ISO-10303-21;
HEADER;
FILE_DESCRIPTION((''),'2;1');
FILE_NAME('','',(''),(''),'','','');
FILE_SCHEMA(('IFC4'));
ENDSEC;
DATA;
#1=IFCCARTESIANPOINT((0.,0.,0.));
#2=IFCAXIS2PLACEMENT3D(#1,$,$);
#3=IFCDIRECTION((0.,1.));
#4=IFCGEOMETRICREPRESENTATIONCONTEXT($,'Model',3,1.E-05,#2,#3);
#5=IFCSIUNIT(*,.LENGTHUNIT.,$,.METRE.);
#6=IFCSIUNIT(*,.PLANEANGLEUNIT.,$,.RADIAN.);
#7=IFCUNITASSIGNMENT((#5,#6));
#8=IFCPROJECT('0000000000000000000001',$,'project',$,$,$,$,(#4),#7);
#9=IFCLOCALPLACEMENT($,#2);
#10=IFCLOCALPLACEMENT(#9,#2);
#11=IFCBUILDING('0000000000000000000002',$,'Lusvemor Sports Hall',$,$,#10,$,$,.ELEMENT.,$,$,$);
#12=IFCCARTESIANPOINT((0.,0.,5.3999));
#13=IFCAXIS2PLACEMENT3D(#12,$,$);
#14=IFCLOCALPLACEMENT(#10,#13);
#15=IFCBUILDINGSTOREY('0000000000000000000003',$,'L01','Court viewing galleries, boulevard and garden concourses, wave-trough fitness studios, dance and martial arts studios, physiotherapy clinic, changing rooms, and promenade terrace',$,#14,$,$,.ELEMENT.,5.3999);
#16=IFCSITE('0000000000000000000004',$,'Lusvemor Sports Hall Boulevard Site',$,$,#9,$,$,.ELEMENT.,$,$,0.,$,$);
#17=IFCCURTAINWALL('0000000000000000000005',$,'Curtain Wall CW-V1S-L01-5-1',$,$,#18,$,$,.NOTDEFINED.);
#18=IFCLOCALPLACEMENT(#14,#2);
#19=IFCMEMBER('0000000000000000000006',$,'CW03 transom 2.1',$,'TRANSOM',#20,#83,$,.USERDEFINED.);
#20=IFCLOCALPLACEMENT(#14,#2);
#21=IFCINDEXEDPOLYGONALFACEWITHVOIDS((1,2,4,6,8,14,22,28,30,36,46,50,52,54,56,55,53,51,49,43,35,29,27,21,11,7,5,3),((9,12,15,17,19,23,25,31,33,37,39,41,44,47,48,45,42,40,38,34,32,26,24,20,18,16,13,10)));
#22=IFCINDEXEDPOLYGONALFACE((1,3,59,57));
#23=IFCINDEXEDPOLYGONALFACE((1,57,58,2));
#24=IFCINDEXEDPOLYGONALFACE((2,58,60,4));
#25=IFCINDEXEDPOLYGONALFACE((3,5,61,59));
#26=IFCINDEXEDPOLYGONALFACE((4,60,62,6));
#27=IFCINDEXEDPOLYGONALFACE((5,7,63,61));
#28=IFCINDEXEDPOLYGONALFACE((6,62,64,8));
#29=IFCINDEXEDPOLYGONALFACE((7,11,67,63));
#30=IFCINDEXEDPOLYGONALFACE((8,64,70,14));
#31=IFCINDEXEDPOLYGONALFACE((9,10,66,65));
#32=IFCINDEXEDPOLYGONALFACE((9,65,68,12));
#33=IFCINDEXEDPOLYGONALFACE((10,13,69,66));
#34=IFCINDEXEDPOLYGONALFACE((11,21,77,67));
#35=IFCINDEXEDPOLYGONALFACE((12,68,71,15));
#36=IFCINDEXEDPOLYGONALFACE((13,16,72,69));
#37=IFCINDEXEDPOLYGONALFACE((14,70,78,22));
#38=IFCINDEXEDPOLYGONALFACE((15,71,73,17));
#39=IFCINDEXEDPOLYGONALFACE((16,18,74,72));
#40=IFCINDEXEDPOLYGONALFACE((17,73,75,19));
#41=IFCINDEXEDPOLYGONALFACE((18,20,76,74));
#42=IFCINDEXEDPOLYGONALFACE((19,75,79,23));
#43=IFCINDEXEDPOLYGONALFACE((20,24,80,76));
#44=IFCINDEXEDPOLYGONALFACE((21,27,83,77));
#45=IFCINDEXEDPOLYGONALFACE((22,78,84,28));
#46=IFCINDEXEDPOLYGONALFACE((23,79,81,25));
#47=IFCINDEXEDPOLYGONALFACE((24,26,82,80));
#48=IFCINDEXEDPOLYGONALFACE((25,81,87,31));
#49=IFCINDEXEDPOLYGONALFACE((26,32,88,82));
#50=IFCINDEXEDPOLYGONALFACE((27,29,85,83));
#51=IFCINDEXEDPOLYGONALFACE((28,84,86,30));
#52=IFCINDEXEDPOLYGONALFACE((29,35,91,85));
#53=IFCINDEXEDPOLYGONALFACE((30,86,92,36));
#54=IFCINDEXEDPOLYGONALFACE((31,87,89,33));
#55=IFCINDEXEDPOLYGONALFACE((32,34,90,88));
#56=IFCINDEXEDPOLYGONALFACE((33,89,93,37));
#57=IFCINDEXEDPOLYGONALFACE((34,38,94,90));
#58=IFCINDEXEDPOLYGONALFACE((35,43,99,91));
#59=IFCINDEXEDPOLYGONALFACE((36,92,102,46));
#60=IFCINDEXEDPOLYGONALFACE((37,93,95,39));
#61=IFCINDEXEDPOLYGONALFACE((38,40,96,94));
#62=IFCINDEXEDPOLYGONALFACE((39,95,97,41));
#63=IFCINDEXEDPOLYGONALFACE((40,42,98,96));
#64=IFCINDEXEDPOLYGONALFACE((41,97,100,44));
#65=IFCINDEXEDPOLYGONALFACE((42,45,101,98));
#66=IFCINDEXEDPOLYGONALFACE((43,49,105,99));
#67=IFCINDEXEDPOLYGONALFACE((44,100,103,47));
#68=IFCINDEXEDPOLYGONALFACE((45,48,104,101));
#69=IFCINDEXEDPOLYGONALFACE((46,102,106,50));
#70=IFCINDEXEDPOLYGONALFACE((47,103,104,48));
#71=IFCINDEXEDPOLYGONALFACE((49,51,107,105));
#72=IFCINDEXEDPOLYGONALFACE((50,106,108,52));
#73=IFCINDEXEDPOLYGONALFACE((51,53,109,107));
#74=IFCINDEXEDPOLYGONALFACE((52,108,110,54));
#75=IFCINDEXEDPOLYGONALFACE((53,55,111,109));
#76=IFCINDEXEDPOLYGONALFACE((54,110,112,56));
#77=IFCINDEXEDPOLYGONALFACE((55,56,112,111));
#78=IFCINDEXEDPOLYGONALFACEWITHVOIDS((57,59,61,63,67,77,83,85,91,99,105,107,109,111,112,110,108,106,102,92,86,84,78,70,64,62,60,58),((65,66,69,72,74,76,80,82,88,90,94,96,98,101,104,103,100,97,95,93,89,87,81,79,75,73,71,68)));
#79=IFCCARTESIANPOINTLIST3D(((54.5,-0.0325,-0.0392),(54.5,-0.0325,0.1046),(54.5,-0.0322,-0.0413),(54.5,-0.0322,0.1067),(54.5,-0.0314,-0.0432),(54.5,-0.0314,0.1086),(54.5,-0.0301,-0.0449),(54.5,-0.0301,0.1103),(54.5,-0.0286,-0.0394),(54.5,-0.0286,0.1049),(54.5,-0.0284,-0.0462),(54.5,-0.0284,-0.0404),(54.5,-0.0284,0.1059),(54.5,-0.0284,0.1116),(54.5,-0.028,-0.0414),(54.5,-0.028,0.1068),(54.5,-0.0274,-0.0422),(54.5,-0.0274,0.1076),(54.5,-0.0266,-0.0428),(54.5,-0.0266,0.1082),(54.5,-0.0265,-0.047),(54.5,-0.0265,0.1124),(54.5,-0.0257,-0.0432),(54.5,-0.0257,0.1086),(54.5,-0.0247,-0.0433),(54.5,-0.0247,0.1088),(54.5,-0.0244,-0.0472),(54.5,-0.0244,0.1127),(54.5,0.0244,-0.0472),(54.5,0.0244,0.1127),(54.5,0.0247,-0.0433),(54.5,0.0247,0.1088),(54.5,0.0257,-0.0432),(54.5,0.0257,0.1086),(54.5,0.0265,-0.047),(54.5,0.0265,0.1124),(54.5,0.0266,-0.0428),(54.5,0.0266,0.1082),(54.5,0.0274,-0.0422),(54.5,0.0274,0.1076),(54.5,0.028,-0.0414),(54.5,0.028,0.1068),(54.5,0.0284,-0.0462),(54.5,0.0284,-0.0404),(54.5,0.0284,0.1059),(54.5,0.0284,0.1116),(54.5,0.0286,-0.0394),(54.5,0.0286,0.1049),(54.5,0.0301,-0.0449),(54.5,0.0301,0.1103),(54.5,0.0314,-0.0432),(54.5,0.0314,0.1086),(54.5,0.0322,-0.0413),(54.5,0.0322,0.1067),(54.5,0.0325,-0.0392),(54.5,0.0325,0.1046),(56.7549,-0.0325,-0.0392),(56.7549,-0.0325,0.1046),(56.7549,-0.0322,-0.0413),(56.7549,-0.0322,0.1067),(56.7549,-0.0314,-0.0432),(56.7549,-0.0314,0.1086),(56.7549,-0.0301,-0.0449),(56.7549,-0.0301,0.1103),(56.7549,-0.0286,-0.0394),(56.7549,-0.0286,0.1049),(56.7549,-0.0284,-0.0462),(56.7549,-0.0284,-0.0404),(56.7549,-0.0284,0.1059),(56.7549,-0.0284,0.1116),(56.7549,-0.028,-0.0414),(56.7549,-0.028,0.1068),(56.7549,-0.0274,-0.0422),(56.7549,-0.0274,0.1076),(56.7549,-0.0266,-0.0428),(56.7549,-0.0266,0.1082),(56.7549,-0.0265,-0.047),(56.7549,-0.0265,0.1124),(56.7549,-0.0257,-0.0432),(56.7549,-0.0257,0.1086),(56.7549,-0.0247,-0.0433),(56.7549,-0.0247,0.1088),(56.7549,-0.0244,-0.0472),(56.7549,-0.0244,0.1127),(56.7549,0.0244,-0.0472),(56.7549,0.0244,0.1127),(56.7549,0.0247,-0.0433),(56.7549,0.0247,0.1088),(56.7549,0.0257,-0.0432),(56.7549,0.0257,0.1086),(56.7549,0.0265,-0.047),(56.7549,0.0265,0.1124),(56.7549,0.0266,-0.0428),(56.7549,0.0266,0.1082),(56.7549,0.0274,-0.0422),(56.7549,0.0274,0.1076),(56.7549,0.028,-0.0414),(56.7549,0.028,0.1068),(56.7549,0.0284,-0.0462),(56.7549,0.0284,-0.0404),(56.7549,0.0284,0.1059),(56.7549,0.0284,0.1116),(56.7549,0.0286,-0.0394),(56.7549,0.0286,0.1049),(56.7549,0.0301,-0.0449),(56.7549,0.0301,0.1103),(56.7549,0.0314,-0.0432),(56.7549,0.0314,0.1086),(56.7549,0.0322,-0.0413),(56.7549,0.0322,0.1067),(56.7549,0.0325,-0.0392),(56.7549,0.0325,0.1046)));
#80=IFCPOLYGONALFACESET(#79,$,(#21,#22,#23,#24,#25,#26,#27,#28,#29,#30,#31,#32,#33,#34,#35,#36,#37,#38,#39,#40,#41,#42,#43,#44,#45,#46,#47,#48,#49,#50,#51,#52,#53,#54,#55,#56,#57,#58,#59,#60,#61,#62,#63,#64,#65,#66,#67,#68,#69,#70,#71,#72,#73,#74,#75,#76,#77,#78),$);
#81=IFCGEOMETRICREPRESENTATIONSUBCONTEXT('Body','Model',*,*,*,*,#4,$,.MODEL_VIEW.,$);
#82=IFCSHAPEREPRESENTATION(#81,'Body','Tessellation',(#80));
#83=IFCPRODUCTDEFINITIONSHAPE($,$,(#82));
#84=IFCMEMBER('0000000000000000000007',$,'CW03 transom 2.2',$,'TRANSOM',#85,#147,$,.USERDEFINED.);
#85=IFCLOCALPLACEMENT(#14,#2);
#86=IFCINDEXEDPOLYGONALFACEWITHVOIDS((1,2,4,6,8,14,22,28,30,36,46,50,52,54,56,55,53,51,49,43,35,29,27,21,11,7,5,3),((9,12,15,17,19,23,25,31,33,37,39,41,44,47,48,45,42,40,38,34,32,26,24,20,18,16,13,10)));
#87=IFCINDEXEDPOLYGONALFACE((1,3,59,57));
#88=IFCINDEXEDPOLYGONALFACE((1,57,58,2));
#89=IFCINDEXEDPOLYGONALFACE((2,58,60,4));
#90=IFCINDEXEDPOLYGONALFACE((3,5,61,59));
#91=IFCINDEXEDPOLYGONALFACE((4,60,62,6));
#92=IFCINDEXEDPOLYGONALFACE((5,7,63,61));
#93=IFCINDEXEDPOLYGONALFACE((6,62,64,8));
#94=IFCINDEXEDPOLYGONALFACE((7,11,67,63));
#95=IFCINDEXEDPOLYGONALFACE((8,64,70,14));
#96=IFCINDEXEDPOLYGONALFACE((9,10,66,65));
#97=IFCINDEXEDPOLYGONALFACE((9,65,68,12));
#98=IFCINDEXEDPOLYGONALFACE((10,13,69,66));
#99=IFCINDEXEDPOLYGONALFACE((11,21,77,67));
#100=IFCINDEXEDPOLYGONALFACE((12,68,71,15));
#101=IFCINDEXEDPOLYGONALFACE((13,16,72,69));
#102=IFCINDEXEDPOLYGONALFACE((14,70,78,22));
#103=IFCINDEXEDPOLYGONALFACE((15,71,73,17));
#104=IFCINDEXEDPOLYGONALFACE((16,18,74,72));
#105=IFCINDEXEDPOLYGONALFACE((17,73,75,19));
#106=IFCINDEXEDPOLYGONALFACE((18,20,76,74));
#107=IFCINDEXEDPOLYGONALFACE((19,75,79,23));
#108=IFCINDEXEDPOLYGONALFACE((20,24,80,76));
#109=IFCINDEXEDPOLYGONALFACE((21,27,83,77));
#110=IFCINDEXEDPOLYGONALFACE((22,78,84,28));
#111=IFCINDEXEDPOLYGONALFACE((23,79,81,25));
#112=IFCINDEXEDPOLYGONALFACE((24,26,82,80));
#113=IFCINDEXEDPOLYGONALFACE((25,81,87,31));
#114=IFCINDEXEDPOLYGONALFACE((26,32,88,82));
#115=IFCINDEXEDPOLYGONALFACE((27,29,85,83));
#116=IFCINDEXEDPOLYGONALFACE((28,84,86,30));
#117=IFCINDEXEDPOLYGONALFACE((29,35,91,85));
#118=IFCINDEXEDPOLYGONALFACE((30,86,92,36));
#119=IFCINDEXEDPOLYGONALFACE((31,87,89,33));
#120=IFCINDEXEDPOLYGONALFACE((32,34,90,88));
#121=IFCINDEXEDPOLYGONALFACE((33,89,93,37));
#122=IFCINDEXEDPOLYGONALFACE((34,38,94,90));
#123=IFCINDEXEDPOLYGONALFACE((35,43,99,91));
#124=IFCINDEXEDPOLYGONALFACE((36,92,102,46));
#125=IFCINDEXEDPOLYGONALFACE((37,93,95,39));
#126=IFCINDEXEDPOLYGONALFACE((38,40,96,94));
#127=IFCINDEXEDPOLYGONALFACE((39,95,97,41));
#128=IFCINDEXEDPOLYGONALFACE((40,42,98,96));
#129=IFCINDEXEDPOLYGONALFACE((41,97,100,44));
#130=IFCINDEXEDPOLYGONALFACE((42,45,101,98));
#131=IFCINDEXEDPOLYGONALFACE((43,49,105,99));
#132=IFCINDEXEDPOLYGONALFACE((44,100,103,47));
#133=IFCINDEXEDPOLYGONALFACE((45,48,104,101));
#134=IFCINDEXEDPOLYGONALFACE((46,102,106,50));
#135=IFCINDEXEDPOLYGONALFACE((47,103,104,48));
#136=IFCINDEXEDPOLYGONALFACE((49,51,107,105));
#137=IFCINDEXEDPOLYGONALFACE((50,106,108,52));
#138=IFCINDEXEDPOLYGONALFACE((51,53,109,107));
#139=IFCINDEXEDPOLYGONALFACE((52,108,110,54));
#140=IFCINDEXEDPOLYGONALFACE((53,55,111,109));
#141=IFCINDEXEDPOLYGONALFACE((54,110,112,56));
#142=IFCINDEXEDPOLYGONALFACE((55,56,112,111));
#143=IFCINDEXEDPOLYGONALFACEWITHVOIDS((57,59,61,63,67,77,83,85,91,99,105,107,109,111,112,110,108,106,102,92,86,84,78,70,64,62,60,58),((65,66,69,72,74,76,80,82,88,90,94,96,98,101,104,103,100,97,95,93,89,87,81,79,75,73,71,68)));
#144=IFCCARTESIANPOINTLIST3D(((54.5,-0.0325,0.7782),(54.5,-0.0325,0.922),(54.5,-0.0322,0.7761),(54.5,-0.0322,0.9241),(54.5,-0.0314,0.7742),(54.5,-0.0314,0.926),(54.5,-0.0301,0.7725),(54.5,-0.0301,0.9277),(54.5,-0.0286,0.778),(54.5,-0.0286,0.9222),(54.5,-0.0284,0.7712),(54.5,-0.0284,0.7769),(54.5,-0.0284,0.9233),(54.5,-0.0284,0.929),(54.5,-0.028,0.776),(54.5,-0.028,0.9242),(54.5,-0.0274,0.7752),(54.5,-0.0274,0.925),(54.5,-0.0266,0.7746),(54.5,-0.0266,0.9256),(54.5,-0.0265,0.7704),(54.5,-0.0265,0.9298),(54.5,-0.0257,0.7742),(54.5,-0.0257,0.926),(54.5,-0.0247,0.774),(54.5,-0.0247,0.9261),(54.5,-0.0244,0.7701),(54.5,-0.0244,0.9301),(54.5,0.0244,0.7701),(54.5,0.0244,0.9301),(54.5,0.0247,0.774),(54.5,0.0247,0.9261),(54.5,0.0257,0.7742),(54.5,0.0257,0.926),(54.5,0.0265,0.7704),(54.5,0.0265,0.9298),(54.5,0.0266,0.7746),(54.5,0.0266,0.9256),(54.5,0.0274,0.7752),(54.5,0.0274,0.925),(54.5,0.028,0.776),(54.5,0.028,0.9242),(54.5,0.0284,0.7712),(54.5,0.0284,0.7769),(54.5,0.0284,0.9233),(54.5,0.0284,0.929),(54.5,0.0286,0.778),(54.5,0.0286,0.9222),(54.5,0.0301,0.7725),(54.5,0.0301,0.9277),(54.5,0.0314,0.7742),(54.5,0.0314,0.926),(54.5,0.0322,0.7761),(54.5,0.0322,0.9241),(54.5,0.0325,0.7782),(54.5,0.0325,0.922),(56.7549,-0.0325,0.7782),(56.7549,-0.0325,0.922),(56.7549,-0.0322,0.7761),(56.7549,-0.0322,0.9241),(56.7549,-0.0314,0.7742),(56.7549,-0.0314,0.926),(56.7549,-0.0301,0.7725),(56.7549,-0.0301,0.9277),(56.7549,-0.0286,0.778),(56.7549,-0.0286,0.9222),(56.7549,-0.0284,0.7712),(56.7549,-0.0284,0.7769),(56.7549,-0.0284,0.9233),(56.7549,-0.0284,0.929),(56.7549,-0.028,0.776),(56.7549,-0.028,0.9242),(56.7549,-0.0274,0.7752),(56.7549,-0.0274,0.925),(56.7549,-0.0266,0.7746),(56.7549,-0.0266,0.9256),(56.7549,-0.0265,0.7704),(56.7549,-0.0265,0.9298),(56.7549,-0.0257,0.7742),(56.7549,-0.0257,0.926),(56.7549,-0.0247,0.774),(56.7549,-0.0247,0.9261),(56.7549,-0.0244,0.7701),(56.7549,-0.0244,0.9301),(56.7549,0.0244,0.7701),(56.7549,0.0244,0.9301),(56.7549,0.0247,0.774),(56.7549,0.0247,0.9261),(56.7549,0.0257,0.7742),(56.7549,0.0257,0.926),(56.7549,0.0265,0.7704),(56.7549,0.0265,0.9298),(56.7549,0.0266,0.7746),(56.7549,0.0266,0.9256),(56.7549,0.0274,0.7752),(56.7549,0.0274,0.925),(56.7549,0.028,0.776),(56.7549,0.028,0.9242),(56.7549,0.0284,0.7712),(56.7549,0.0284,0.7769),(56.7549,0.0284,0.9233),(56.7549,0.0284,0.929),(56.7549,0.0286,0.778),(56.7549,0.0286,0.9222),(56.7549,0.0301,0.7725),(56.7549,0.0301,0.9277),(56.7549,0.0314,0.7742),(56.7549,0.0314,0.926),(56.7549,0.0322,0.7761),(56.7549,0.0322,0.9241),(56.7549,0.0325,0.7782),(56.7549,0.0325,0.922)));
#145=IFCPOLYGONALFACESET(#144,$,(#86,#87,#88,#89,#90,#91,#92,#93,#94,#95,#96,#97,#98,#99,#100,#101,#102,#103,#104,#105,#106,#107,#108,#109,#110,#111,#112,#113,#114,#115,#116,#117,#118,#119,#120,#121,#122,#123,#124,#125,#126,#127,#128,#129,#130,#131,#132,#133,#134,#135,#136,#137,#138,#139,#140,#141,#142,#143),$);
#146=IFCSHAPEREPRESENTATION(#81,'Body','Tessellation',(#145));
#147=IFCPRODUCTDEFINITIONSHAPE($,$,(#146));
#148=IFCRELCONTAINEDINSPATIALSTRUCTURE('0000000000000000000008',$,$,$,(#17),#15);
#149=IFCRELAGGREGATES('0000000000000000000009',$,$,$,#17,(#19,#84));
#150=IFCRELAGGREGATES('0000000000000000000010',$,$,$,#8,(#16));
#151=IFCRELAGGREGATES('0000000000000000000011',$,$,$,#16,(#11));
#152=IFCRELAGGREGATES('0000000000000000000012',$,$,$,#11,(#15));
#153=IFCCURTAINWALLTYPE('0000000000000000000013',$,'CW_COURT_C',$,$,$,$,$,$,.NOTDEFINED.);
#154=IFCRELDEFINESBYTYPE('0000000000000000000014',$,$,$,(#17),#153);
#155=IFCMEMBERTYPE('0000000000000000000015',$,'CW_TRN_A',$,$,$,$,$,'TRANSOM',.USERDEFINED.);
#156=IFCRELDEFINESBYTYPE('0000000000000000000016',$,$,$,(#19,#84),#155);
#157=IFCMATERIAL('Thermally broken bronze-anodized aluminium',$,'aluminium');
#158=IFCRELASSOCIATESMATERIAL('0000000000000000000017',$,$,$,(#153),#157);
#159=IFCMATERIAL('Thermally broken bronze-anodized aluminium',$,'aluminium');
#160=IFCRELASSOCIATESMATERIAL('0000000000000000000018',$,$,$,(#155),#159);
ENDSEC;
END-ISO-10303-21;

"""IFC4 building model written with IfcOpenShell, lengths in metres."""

from ifc_helpers import new_model, si_unit, direction, frame, origin, origin_2d, place, context, subcontext, project, spatial, hollow_rectangle, extrude, material, material_profile, profile_set, type_object, element, aggregate, save


model = new_model("IFC4")

# Units and contexts
model_context = context("Model", 3, precision=1e-05, world=origin(), true_north=direction((0.0, 1.0)))
body_context = subcontext(model_context, "Body", "Model", "MODEL_VIEW")
ifc_project = project(units=[si_unit("LENGTHUNIT", "METRE"), si_unit("PLANEANGLEUNIT", "RADIAN")], contexts=[model_context])

# Site, building, storey
site_placement = place(None, origin())
site = spatial("IfcSite", under=ifc_project, at=site_placement, Name="Lusvemor Sports Hall Boulevard Site", CompositionType="ELEMENT", RefElevation=0.0)
building_placement = place(site_placement, origin())
building = spatial("IfcBuilding", under=site, at=building_placement, Name="Lusvemor Sports Hall", CompositionType="ELEMENT")
storey_placement = place(building_placement, frame((0.0, 0.0, 5.3999)))
storey = spatial("IfcBuildingStorey", under=building, at=storey_placement, Name="L01", Description="Court viewing galleries, boulevard and garden concourses, wave-trough fitness studios, dance and martial arts studios, physiotherapy clinic, changing rooms, and promenade terrace", CompositionType="ELEMENT", Elevation=5.3999)

# Curtain wall, members
ifc_material_1 = material(Name="Thermally broken bronze-anodized aluminium", Category="aluminium")
curtain_wall_type = type_object("IfcCurtainWallType", Name="CW_COURT_C", PredefinedType="NOTDEFINED", material=ifc_material_1)
curtain_wall_placement = place(storey_placement, origin())
curtain_wall = element("IfcCurtainWall", 1, at=curtain_wall_placement, inside=storey, type_object=curtain_wall_type, Name="Curtain Wall CW-V1S-L01-5-1", PredefinedType="NOTDEFINED")
ifc_material_2 = material(Name="Thermally broken bronze-anodized aluminium", Category="aluminium")
ifc_material_profile_1 = material_profile(ifc_material_2, hollow_rectangle(XDim=0.0649, YDim=0.1599, WallThickness=0.0039, InnerFilletRadius=0.0039, OuterFilletRadius=0.0081, at=origin_2d()), Name="CWTRN160x65x4")
ifc_profile_set_1 = profile_set([ifc_material_profile_1], Name="Thermally broken bronze-anodized aluminium")
member_type_1 = type_object("IfcMemberType", Name="CW_TRN_A", ElementType="TRANSOM", PredefinedType="USERDEFINED", material=ifc_profile_set_1)
member_1_placement = place(storey_placement, frame((56.7549, 0.0, 0.0327), z_axis=(-1.0, 0.0, 0.0), x_axis=(0.0, -1.0, 0.0)))
member_1 = element("IfcMember", 2, at=member_1_placement, type_object=member_type_1, Name="CW03 transom 2.1", ObjectType="TRANSOM", PredefinedType="USERDEFINED", context=body_context, shape_type="SweptSolid", body=[
    extrude(hollow_rectangle(XDim=0.0649, YDim=0.1599, WallThickness=0.0039, InnerFilletRadius=0.0039, OuterFilletRadius=0.0081, at=origin_2d()), origin(), (0.0, 0.0, 1.0), 2.2549),
])
member_2_placement = place(storey_placement, frame((56.7549, 0.0, 0.8501), z_axis=(-1.0, 0.0, 0.0), x_axis=(0.0, -1.0, 0.0)))
member_2 = element("IfcMember", 3, at=member_2_placement, type_object=member_type_1, Name="CW03 transom 2.2", ObjectType="TRANSOM", PredefinedType="USERDEFINED", context=body_context, shape_type="SweptSolid", body=[
    extrude(hollow_rectangle(XDim=0.0649, YDim=0.1599, WallThickness=0.0039, InnerFilletRadius=0.0039, OuterFilletRadius=0.0081, at=origin_2d()), origin(), (0.0, 0.0, 1.0), 2.2549),
])

aggregate(curtain_wall, [member_1, member_2])

save(model, "model.ifc")
